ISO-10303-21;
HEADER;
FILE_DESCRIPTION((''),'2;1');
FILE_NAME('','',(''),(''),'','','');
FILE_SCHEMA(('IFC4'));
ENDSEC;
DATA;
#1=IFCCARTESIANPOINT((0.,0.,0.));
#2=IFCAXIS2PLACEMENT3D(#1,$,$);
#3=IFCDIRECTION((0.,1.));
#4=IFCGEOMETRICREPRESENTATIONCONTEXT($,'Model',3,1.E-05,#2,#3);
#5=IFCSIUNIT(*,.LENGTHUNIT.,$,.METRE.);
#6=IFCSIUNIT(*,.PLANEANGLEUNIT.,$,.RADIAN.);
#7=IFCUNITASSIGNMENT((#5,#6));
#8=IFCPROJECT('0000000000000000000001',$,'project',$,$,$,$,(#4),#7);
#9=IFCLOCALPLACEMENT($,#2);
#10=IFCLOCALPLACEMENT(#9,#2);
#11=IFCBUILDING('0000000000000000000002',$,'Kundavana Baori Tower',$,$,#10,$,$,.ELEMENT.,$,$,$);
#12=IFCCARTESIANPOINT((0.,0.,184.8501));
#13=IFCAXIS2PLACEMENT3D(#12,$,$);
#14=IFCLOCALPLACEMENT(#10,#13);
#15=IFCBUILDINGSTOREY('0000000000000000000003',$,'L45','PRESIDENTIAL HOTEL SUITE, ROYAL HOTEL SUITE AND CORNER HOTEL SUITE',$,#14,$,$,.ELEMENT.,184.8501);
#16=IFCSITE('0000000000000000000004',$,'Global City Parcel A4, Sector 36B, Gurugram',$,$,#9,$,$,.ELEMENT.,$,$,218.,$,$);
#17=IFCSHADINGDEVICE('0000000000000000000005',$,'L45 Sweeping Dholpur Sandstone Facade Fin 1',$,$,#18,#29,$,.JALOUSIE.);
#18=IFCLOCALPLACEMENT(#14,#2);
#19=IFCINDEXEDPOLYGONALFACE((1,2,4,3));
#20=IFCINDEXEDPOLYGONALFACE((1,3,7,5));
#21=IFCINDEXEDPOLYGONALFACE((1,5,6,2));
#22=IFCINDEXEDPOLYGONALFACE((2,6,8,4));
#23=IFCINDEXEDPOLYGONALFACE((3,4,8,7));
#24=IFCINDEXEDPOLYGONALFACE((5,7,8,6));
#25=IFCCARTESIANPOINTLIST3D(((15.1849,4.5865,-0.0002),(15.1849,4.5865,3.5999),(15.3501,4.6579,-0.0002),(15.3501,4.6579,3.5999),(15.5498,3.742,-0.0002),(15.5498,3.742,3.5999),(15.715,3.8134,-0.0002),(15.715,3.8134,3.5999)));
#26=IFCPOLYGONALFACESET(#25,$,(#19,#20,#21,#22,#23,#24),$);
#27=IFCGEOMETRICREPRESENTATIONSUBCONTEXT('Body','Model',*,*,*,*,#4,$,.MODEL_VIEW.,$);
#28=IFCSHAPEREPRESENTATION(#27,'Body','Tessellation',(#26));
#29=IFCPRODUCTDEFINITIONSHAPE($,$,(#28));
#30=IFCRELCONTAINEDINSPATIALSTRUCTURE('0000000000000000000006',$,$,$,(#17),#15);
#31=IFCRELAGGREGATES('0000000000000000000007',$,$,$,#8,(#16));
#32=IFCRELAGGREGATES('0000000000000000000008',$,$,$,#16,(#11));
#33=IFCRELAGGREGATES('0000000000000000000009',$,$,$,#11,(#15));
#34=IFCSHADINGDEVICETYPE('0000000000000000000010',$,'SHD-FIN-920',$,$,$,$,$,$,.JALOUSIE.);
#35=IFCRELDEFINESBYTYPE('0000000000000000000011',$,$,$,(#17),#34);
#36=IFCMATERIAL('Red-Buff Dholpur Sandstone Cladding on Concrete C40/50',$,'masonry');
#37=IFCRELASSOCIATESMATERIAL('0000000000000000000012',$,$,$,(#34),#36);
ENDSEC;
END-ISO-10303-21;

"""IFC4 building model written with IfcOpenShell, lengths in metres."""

from ifc_helpers import new_model, si_unit, direction, frame, origin, origin_2d, place, context, subcontext, project, spatial, rectangle, extrude, material, type_object, element, save


model = new_model("IFC4")

# Units and contexts
model_context = context("Model", 3, precision=1e-05, world=origin(), true_north=direction((0.0, 1.0)))
body_context = subcontext(model_context, "Body", "Model", "MODEL_VIEW")
ifc_project = project(units=[si_unit("LENGTHUNIT", "METRE"), si_unit("PLANEANGLEUNIT", "RADIAN")], contexts=[model_context])

# Site, building, storey
site_placement = place(None, origin())
site = spatial("IfcSite", under=ifc_project, at=site_placement, Name="Global City Parcel A4, Sector 36B, Gurugram", CompositionType="ELEMENT", RefElevation=218.0)
building_placement = place(site_placement, origin())
building = spatial("IfcBuilding", under=site, at=building_placement, Name="Kundavana Baori Tower", CompositionType="ELEMENT")
storey_placement = place(building_placement, frame((0.0, 0.0, 184.8501)))
storey = spatial("IfcBuildingStorey", under=building, at=storey_placement, Name="L45", Description="PRESIDENTIAL HOTEL SUITE, ROYAL HOTEL SUITE AND CORNER HOTEL SUITE", CompositionType="ELEMENT", Elevation=184.8501)

# Shading device
ifc_material_1 = material(Name="Red-Buff Dholpur Sandstone Cladding on Concrete C40/50", Category="masonry")
shading_device_type = type_object("IfcShadingDeviceType", Name="SHD-FIN-920", PredefinedType="JALOUSIE", material=ifc_material_1)
shading_device_placement = place(storey_placement, frame((15.45, 4.2, -0.0002), z_axis=(0.0, 0.0, 1.0), x_axis=(0.917962, 0.396667, 0.0)))
element("IfcShadingDevice", 1, at=shading_device_placement, inside=storey, type_object=shading_device_type, Name="L45 Sweeping Dholpur Sandstone Facade Fin 1", PredefinedType="JALOUSIE", context=body_context, shape_type="SweptSolid", body=[
    extrude(rectangle(XDim=0.1799, YDim=0.9199, at=origin_2d()), origin(), (0.0, 0.0, 1.0), 3.6001),
])

save(model, "model.ifc")
